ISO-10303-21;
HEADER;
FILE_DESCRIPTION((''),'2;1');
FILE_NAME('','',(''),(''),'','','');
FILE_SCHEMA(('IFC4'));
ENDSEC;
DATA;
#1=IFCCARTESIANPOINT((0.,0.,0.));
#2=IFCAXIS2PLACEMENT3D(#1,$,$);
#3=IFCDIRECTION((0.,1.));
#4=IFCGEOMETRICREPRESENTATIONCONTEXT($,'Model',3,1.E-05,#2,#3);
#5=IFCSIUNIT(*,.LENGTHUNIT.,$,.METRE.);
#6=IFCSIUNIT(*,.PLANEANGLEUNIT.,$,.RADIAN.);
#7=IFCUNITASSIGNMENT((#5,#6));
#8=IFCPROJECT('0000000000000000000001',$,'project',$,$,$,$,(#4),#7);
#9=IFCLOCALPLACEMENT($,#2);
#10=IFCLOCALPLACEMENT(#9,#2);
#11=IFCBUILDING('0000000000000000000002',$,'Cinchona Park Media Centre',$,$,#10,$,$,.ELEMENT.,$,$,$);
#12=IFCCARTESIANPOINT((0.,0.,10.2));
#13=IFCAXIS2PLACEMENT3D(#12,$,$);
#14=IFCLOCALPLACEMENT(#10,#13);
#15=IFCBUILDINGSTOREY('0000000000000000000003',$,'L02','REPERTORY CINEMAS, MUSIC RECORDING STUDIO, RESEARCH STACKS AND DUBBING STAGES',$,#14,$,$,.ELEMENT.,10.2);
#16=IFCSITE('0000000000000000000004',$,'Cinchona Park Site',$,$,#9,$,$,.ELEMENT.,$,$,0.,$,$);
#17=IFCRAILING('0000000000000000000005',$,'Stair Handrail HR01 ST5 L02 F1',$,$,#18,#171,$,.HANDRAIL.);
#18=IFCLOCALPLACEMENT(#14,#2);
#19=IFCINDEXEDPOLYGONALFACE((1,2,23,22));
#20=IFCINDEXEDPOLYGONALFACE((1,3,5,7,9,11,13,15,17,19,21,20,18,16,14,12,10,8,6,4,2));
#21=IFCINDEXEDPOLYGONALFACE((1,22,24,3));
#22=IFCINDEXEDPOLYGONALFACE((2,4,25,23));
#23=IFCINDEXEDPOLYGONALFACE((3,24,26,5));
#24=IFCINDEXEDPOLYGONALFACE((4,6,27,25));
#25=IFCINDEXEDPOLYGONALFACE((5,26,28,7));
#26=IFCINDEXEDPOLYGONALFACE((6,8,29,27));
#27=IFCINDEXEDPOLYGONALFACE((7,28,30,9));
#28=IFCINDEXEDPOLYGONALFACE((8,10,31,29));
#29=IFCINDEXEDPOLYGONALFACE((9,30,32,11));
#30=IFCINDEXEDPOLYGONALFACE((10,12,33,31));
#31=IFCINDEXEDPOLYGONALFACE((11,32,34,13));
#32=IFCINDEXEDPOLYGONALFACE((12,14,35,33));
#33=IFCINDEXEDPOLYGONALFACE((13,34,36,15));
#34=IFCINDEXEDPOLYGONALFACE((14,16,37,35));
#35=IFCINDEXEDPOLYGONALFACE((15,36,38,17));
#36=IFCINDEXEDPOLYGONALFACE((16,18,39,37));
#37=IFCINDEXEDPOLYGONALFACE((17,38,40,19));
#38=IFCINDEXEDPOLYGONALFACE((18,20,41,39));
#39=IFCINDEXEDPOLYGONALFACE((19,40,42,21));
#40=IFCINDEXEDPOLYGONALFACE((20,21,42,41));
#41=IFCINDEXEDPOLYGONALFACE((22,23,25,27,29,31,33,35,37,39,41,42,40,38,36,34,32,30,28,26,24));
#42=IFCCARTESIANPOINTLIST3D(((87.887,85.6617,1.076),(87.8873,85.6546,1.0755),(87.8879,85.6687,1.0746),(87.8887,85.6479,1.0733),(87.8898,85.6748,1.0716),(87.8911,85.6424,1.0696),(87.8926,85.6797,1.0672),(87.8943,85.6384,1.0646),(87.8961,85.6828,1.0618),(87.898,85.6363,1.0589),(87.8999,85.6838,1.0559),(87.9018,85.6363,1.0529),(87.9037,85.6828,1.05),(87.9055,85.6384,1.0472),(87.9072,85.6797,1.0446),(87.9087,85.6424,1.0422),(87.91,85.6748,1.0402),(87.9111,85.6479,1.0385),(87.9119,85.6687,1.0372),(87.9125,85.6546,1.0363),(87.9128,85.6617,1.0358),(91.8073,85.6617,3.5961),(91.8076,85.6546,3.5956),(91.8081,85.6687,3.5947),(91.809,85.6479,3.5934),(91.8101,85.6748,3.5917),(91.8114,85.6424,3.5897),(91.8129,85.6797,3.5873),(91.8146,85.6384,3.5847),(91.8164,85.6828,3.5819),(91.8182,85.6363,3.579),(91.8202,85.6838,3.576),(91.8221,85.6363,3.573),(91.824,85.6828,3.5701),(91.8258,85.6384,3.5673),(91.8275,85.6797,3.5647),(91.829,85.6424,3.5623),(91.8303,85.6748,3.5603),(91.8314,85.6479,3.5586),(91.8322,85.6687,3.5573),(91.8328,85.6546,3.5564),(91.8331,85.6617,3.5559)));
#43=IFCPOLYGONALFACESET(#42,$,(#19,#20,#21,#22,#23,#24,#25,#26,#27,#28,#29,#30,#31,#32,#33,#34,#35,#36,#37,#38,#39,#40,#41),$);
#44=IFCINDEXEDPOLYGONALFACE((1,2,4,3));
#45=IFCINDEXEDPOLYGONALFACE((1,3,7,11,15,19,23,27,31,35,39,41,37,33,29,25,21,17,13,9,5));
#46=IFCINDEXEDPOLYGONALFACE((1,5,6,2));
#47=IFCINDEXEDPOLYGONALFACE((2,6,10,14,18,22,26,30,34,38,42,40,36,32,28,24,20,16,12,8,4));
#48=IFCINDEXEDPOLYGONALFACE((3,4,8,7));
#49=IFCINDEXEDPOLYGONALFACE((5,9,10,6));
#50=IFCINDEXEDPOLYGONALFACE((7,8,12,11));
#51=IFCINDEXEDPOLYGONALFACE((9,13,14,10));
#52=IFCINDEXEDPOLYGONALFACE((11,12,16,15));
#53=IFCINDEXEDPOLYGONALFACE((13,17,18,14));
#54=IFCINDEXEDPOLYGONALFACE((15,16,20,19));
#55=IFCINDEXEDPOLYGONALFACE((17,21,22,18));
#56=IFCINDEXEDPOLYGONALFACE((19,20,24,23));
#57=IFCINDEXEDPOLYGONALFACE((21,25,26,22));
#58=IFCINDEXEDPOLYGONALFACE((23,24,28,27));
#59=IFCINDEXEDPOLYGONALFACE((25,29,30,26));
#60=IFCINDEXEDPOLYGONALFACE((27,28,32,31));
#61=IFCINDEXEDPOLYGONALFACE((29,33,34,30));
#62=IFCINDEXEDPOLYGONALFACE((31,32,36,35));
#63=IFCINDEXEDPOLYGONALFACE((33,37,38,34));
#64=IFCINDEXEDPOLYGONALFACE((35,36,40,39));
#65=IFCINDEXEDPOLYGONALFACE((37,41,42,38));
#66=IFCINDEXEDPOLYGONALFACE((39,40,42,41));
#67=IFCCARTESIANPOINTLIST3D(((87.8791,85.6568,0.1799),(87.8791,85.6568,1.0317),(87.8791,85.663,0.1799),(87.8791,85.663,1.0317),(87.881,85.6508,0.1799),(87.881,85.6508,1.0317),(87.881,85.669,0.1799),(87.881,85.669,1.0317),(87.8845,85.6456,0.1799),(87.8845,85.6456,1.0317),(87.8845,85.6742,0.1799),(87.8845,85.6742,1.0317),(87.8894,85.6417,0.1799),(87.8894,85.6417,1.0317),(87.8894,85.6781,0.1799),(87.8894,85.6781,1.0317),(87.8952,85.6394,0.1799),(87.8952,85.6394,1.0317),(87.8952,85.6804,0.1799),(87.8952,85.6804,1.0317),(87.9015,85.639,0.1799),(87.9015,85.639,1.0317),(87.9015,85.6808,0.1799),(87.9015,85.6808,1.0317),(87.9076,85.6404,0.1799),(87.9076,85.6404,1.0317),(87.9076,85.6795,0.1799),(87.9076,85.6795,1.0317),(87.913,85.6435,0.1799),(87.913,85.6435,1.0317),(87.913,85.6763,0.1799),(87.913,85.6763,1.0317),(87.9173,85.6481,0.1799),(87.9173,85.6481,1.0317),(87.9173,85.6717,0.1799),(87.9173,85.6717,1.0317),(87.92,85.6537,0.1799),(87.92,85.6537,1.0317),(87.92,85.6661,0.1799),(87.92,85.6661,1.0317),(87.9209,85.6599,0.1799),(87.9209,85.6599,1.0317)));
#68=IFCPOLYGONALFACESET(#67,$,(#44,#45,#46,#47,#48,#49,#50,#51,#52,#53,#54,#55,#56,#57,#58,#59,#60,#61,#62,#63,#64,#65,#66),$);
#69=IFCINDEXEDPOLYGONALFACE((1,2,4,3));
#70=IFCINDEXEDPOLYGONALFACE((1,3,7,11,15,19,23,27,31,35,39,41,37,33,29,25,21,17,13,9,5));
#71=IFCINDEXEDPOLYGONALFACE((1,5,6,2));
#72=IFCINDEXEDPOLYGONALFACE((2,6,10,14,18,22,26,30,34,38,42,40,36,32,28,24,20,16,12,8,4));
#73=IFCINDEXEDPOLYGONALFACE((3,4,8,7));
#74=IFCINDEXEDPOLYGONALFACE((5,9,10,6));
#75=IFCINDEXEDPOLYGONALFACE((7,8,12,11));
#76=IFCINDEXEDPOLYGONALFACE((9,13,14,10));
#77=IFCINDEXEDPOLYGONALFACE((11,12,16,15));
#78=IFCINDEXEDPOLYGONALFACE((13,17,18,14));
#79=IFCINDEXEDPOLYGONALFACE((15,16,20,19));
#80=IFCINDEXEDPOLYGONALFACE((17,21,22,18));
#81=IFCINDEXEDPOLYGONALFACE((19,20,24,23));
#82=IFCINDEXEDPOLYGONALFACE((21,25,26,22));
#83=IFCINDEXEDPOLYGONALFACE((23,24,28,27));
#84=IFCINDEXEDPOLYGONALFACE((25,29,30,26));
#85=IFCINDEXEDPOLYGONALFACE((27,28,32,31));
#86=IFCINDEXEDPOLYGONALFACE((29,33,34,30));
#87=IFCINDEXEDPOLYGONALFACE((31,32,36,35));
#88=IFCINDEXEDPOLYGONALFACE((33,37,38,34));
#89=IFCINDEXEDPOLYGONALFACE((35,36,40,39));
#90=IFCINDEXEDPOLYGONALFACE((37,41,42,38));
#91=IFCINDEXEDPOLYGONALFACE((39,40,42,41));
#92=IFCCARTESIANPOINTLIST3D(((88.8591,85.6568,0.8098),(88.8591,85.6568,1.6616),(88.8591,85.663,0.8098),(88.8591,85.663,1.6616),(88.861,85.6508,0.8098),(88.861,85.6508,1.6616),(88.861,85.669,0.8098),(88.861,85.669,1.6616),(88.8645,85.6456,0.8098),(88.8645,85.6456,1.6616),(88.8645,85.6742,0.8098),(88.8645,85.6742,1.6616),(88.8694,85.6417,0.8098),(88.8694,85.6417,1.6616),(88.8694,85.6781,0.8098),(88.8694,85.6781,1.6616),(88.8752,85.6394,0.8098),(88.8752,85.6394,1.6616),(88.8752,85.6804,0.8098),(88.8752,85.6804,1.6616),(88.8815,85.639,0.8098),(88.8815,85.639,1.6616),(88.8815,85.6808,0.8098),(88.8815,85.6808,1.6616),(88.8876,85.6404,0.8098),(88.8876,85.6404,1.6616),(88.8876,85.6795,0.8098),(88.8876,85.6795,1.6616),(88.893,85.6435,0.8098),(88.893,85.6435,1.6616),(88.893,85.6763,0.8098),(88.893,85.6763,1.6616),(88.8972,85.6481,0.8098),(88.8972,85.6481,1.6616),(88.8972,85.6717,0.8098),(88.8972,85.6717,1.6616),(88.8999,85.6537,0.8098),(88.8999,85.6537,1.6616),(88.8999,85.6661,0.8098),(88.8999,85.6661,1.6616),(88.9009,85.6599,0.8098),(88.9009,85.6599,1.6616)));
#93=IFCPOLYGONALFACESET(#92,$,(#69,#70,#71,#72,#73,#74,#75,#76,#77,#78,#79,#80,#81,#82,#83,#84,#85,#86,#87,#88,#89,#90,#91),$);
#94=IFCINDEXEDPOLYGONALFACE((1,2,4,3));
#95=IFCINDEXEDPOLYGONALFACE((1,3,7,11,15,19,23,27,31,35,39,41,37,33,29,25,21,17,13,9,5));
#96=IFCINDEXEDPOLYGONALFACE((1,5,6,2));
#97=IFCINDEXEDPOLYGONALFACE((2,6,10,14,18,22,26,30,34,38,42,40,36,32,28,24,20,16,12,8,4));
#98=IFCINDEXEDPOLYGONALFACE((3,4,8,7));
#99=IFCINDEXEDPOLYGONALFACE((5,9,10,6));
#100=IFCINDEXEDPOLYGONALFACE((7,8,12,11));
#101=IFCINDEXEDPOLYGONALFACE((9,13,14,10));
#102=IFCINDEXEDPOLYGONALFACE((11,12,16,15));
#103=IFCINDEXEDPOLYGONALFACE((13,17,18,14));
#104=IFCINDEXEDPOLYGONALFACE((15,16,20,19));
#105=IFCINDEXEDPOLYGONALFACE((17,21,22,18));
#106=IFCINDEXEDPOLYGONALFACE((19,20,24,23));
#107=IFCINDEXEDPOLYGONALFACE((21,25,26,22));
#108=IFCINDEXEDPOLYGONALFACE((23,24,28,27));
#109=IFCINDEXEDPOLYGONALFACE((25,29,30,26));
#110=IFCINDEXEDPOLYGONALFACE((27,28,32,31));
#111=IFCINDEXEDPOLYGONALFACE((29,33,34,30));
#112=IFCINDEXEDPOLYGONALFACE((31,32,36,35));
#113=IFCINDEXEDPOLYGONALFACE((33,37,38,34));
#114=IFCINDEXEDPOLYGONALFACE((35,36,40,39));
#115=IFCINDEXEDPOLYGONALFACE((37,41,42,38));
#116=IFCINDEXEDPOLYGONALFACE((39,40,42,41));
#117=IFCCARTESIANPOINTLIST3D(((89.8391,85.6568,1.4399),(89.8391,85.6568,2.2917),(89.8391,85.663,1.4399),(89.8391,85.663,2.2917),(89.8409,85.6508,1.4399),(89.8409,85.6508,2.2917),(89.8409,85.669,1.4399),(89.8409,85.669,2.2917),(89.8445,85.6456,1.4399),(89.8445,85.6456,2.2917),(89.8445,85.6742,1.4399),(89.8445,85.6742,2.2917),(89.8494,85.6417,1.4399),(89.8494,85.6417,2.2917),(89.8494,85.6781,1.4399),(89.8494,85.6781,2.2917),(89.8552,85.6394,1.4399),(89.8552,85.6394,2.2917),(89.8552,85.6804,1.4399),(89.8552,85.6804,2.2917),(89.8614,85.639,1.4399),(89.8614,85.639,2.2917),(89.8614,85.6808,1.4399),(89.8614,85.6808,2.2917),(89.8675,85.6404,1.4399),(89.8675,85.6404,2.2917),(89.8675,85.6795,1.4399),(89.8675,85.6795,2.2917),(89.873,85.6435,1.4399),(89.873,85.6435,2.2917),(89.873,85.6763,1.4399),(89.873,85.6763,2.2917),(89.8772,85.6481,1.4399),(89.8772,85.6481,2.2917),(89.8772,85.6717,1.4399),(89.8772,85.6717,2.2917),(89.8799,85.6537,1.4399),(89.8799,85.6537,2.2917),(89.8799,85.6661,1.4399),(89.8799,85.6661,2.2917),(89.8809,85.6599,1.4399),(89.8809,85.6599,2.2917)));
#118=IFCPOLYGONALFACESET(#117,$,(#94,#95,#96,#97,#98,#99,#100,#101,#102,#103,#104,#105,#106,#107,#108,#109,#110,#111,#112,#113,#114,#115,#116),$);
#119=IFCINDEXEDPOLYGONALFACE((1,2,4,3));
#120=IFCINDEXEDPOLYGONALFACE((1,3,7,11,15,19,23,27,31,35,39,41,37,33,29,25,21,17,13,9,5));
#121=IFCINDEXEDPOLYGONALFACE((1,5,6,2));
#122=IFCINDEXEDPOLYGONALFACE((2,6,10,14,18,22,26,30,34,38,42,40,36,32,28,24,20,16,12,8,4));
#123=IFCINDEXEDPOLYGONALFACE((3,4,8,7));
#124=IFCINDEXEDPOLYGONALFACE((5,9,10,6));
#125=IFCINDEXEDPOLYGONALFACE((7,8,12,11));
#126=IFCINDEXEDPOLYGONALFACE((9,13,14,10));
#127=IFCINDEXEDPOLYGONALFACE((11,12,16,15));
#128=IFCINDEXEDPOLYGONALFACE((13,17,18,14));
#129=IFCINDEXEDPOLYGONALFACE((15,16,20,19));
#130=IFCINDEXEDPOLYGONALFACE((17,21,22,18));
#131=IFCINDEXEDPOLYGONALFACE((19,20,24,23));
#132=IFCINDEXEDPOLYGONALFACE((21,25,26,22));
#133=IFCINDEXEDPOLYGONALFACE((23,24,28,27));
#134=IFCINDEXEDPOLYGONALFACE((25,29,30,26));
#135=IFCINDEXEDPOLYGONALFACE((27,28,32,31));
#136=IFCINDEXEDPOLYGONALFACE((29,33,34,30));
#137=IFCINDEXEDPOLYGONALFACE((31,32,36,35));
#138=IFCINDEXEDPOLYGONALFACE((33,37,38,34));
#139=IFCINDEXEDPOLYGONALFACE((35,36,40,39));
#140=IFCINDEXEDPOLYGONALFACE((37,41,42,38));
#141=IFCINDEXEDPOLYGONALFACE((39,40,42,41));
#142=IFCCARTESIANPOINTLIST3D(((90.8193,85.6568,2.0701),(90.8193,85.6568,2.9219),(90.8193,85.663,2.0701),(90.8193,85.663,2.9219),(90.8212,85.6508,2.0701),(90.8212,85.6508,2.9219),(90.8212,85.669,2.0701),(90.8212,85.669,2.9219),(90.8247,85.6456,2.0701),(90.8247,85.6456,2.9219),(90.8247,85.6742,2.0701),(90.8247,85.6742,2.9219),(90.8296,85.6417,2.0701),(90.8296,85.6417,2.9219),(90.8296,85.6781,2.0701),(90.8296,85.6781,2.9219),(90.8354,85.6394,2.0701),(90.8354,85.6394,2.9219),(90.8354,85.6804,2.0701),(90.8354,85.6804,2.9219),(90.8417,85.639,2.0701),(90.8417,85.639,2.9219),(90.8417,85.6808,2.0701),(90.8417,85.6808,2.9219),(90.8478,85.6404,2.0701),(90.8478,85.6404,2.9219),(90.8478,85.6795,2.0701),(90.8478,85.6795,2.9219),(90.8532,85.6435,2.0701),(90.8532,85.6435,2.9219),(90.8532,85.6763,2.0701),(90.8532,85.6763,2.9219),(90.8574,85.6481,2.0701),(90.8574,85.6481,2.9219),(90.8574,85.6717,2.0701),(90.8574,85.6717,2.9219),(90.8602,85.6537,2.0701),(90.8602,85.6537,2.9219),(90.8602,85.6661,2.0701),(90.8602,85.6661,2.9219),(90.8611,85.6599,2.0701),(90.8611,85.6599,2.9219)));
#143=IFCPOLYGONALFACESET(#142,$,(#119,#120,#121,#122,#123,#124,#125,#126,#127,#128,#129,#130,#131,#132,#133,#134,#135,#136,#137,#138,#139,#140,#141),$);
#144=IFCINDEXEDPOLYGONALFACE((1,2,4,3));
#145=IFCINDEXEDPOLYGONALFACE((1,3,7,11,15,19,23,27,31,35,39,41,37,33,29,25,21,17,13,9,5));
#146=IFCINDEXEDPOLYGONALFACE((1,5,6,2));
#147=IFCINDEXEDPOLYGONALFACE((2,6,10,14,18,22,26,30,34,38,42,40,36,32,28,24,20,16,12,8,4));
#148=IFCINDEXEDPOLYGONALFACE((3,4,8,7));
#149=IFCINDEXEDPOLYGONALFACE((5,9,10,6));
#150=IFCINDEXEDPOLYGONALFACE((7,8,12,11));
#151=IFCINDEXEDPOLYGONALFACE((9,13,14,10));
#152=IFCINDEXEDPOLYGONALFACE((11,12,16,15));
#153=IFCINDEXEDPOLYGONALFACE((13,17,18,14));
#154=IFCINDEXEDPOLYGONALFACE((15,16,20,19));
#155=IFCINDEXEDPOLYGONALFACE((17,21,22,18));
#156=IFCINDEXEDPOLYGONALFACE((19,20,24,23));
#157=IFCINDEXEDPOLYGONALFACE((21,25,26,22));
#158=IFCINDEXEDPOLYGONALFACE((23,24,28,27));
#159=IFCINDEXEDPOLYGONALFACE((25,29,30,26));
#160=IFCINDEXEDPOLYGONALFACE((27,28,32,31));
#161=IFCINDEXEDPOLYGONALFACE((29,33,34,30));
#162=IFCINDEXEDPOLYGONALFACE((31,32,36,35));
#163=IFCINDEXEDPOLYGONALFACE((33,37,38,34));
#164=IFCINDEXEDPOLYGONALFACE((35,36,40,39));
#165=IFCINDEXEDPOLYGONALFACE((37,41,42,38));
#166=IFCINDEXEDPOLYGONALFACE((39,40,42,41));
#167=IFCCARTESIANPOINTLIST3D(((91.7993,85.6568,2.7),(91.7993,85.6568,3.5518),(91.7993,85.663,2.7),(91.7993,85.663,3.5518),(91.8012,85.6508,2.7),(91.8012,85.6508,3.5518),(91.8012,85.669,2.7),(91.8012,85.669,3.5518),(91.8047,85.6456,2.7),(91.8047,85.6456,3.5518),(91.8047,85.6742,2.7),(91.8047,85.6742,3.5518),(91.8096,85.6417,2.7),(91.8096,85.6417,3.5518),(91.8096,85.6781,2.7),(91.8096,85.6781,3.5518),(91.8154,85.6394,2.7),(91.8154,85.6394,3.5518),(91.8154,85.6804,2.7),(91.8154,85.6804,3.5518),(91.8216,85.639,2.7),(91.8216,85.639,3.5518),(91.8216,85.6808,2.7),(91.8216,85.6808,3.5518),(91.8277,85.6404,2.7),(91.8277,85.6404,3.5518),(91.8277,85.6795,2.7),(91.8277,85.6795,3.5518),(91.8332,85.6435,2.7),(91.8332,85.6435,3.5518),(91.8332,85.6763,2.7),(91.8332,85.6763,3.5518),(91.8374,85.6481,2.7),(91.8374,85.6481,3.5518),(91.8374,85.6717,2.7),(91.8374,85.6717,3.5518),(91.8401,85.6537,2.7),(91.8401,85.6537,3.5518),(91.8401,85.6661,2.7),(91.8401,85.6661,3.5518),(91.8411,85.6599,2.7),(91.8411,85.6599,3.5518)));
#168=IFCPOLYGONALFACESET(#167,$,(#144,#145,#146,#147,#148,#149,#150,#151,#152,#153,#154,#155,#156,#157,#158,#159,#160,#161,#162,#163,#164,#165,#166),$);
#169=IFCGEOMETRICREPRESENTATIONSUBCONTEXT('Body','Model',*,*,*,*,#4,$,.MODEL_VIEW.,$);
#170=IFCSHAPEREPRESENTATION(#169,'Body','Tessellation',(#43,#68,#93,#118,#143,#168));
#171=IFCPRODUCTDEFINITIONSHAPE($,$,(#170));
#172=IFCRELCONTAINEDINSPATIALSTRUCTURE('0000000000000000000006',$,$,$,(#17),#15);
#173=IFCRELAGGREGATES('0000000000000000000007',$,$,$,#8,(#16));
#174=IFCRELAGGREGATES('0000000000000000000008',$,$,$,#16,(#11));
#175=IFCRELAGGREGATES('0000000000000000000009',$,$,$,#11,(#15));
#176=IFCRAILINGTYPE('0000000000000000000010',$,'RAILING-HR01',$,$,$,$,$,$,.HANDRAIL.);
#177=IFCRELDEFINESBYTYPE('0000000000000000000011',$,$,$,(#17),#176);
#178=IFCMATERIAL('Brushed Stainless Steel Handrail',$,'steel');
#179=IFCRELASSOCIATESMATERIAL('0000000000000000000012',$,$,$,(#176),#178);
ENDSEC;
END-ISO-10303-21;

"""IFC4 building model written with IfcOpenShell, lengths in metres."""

from ifc_helpers import new_model, si_unit, direction, frame, origin, origin_2d, place, context, subcontext, project, spatial, circle, extrude, material, type_object, element, save


model = new_model("IFC4")

# Units and contexts
model_context = context("Model", 3, precision=1e-05, world=origin(), true_north=direction((0.0, 1.0)))
body_context = subcontext(model_context, "Body", "Model", "MODEL_VIEW")
ifc_project = project(units=[si_unit("LENGTHUNIT", "METRE"), si_unit("PLANEANGLEUNIT", "RADIAN")], contexts=[model_context])

# Site, building, storey
site_placement = place(None, origin())
site = spatial("IfcSite", under=ifc_project, at=site_placement, Name="Cinchona Park Site", CompositionType="ELEMENT", RefElevation=0.0)
building_placement = place(site_placement, origin())
building = spatial("IfcBuilding", under=site, at=building_placement, Name="Cinchona Park Media Centre", CompositionType="ELEMENT")
storey_placement = place(building_placement, frame((0.0, 0.0, 10.2)))
storey = spatial("IfcBuildingStorey", under=building, at=storey_placement, Name="L02", Description="REPERTORY CINEMAS, MUSIC RECORDING STUDIO, RESEARCH STACKS AND DUBBING STAGES", CompositionType="ELEMENT", Elevation=10.2)

# Railing
ifc_material_1 = material(Name="Brushed Stainless Steel Handrail", Category="steel")
railing_type_1 = type_object("IfcRailingType", Name="RAILING-HR01", PredefinedType="HANDRAIL", material=ifc_material_1)
railing_1_placement = place(storey_placement, frame((87.8999, 85.6599, 0.1799)))
element("IfcRailing", 1, at=railing_1_placement, inside=storey, type_object=railing_type_1, Name="Stair Handrail HR01 ST5 L02 F1", PredefinedType="HANDRAIL", context=body_context, shape_type="SweptSolid", body=[
    extrude(circle(Radius=0.0239, at=origin_2d()), frame((0.0, 0.0, 0.876), z_axis=(0.841187, 0.0, 0.540744), x_axis=(0.0, 1.0, 0.0)), (0.0, 0.0, 1.0), 4.6604),
    extrude(circle(Radius=0.021, at=origin_2d()), origin(), (0.0, 0.0, 1.0), 0.8518),
    extrude(circle(Radius=0.021, at=origin_2d()), frame((0.98, 0.0, 0.6299)), (0.0, 0.0, 1.0), 0.8518),
    extrude(circle(Radius=0.021, at=origin_2d()), frame((1.96, 0.0, 1.26)), (0.0, 0.0, 1.0), 0.8518),
    extrude(circle(Radius=0.021, at=origin_2d()), frame((2.9402, 0.0, 1.8901)), (0.0, 0.0, 1.0), 0.8518),
    extrude(circle(Radius=0.021, at=origin_2d()), frame((3.9202, 0.0, 2.52)), (0.0, 0.0, 1.0), 0.8518),
])

save(model, "model.ifc")
